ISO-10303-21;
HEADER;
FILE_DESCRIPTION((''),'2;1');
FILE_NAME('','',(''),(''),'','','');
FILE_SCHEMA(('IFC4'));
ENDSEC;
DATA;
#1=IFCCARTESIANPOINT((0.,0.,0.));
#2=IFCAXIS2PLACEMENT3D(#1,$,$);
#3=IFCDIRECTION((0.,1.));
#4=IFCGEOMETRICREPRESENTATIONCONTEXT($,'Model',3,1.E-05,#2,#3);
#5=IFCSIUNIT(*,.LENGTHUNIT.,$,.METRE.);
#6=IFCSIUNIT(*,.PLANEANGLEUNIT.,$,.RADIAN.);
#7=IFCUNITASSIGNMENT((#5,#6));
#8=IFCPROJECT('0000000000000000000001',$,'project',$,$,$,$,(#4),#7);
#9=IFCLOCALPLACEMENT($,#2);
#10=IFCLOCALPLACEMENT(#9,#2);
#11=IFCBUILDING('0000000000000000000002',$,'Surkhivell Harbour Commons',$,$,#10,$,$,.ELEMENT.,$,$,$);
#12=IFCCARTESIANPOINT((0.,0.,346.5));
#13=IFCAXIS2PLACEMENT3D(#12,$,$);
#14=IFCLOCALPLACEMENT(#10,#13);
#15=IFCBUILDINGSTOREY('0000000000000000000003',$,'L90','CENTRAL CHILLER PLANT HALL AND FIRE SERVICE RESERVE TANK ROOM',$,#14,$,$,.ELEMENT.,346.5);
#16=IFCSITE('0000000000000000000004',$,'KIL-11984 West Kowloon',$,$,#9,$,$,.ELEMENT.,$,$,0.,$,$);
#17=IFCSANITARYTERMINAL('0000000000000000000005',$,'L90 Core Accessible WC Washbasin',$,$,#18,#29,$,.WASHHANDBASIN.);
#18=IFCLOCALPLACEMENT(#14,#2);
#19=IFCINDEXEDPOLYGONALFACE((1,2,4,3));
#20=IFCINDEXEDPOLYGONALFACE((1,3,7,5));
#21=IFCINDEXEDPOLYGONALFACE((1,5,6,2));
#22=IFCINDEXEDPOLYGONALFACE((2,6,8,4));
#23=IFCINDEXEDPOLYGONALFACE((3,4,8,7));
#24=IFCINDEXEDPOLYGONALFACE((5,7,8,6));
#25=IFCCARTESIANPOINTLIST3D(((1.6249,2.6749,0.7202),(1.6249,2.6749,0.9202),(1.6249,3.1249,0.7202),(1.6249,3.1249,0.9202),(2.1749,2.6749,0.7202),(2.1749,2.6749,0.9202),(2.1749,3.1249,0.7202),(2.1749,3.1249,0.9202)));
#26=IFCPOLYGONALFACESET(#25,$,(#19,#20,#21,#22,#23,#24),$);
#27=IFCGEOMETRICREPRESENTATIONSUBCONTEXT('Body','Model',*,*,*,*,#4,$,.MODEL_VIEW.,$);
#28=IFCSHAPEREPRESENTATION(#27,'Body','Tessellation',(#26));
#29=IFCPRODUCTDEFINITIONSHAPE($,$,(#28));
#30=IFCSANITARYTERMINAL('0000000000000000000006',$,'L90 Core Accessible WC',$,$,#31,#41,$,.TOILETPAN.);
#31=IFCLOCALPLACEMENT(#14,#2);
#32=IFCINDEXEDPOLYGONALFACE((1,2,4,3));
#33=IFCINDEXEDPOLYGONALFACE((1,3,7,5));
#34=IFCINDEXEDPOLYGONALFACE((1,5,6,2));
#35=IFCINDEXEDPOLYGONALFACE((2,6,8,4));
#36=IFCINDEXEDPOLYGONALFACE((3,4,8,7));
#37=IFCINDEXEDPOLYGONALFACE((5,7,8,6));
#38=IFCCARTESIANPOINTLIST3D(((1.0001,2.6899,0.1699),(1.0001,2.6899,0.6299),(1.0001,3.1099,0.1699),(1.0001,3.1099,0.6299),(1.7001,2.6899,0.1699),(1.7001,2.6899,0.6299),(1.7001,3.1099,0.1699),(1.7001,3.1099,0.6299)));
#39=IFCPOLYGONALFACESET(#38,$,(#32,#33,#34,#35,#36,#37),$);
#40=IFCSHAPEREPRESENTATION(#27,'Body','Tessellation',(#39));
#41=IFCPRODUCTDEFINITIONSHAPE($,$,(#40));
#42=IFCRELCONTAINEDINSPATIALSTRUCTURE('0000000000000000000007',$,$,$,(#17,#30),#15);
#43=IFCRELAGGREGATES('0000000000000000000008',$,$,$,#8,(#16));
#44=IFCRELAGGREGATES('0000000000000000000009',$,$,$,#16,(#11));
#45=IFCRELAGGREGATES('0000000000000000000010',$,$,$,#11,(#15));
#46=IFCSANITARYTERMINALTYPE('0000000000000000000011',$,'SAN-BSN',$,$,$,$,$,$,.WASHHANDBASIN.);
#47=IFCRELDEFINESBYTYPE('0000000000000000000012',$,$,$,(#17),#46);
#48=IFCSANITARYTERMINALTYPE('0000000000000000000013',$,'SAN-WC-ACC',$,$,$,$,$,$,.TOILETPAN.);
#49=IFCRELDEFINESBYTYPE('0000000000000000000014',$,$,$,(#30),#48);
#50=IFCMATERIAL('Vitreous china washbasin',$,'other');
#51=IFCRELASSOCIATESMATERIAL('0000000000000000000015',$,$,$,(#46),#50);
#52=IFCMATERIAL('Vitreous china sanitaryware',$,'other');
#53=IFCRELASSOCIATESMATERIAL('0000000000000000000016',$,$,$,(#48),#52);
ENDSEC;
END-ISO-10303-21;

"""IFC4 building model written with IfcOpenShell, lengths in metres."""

from ifc_helpers import new_model, si_unit, direction, frame, origin, origin_2d, place, context, subcontext, project, spatial, rectangle, extrude, material, type_object, element, save


model = new_model("IFC4")

# Units and contexts
model_context = context("Model", 3, precision=1e-05, world=origin(), true_north=direction((0.0, 1.0)))
body_context = subcontext(model_context, "Body", "Model", "MODEL_VIEW")
ifc_project = project(units=[si_unit("LENGTHUNIT", "METRE"), si_unit("PLANEANGLEUNIT", "RADIAN")], contexts=[model_context])

# Site, building, storey
site_placement = place(None, origin())
site = spatial("IfcSite", under=ifc_project, at=site_placement, Name="KIL-11984 West Kowloon", CompositionType="ELEMENT", RefElevation=0.0)
building_placement = place(site_placement, origin())
building = spatial("IfcBuilding", under=site, at=building_placement, Name="Surkhivell Harbour Commons", CompositionType="ELEMENT")
storey_placement = place(building_placement, frame((0.0, 0.0, 346.5)))
storey = spatial("IfcBuildingStorey", under=building, at=storey_placement, Name="L90", Description="CENTRAL CHILLER PLANT HALL AND FIRE SERVICE RESERVE TANK ROOM", CompositionType="ELEMENT", Elevation=346.5)

# Sanitary terminals
ifc_material_1 = material(Name="Vitreous china washbasin", Category="other")
sanitary_terminal_type_1 = type_object("IfcSanitaryTerminalType", Name="SAN-BSN", PredefinedType="WASHHANDBASIN", material=ifc_material_1)
sanitary_terminal_1_placement = place(storey_placement, frame((1.8999, 2.8999, 0.7202), z_axis=(0.0, 0.0, 1.0), x_axis=(1.0, 0.0, 0.0)))
element("IfcSanitaryTerminal", 1, at=sanitary_terminal_1_placement, inside=storey, type_object=sanitary_terminal_type_1, Name="L90 Core Accessible WC Washbasin", PredefinedType="WASHHANDBASIN", context=body_context, shape_type="SweptSolid", body=[
    extrude(rectangle(XDim=0.55, YDim=0.45, at=origin_2d()), origin(), (0.0, 0.0, 1.0), 0.2),
])
ifc_material_2 = material(Name="Vitreous china sanitaryware", Category="other")
sanitary_terminal_type_2 = type_object("IfcSanitaryTerminalType", Name="SAN-WC-ACC", PredefinedType="TOILETPAN", material=ifc_material_2)
sanitary_terminal_2_placement = place(storey_placement, frame((1.3501, 2.8999, 0.1699), z_axis=(0.0, 0.0, 1.0), x_axis=(1.0, 0.0, 0.0)))
element("IfcSanitaryTerminal", 2, at=sanitary_terminal_2_placement, inside=storey, type_object=sanitary_terminal_type_2, Name="L90 Core Accessible WC", PredefinedType="TOILETPAN", context=body_context, shape_type="SweptSolid", body=[
    extrude(rectangle(XDim=0.7, YDim=0.4199, at=origin_2d()), origin(), (0.0, 0.0, 1.0), 0.46),
])

save(model, "model.ifc")
